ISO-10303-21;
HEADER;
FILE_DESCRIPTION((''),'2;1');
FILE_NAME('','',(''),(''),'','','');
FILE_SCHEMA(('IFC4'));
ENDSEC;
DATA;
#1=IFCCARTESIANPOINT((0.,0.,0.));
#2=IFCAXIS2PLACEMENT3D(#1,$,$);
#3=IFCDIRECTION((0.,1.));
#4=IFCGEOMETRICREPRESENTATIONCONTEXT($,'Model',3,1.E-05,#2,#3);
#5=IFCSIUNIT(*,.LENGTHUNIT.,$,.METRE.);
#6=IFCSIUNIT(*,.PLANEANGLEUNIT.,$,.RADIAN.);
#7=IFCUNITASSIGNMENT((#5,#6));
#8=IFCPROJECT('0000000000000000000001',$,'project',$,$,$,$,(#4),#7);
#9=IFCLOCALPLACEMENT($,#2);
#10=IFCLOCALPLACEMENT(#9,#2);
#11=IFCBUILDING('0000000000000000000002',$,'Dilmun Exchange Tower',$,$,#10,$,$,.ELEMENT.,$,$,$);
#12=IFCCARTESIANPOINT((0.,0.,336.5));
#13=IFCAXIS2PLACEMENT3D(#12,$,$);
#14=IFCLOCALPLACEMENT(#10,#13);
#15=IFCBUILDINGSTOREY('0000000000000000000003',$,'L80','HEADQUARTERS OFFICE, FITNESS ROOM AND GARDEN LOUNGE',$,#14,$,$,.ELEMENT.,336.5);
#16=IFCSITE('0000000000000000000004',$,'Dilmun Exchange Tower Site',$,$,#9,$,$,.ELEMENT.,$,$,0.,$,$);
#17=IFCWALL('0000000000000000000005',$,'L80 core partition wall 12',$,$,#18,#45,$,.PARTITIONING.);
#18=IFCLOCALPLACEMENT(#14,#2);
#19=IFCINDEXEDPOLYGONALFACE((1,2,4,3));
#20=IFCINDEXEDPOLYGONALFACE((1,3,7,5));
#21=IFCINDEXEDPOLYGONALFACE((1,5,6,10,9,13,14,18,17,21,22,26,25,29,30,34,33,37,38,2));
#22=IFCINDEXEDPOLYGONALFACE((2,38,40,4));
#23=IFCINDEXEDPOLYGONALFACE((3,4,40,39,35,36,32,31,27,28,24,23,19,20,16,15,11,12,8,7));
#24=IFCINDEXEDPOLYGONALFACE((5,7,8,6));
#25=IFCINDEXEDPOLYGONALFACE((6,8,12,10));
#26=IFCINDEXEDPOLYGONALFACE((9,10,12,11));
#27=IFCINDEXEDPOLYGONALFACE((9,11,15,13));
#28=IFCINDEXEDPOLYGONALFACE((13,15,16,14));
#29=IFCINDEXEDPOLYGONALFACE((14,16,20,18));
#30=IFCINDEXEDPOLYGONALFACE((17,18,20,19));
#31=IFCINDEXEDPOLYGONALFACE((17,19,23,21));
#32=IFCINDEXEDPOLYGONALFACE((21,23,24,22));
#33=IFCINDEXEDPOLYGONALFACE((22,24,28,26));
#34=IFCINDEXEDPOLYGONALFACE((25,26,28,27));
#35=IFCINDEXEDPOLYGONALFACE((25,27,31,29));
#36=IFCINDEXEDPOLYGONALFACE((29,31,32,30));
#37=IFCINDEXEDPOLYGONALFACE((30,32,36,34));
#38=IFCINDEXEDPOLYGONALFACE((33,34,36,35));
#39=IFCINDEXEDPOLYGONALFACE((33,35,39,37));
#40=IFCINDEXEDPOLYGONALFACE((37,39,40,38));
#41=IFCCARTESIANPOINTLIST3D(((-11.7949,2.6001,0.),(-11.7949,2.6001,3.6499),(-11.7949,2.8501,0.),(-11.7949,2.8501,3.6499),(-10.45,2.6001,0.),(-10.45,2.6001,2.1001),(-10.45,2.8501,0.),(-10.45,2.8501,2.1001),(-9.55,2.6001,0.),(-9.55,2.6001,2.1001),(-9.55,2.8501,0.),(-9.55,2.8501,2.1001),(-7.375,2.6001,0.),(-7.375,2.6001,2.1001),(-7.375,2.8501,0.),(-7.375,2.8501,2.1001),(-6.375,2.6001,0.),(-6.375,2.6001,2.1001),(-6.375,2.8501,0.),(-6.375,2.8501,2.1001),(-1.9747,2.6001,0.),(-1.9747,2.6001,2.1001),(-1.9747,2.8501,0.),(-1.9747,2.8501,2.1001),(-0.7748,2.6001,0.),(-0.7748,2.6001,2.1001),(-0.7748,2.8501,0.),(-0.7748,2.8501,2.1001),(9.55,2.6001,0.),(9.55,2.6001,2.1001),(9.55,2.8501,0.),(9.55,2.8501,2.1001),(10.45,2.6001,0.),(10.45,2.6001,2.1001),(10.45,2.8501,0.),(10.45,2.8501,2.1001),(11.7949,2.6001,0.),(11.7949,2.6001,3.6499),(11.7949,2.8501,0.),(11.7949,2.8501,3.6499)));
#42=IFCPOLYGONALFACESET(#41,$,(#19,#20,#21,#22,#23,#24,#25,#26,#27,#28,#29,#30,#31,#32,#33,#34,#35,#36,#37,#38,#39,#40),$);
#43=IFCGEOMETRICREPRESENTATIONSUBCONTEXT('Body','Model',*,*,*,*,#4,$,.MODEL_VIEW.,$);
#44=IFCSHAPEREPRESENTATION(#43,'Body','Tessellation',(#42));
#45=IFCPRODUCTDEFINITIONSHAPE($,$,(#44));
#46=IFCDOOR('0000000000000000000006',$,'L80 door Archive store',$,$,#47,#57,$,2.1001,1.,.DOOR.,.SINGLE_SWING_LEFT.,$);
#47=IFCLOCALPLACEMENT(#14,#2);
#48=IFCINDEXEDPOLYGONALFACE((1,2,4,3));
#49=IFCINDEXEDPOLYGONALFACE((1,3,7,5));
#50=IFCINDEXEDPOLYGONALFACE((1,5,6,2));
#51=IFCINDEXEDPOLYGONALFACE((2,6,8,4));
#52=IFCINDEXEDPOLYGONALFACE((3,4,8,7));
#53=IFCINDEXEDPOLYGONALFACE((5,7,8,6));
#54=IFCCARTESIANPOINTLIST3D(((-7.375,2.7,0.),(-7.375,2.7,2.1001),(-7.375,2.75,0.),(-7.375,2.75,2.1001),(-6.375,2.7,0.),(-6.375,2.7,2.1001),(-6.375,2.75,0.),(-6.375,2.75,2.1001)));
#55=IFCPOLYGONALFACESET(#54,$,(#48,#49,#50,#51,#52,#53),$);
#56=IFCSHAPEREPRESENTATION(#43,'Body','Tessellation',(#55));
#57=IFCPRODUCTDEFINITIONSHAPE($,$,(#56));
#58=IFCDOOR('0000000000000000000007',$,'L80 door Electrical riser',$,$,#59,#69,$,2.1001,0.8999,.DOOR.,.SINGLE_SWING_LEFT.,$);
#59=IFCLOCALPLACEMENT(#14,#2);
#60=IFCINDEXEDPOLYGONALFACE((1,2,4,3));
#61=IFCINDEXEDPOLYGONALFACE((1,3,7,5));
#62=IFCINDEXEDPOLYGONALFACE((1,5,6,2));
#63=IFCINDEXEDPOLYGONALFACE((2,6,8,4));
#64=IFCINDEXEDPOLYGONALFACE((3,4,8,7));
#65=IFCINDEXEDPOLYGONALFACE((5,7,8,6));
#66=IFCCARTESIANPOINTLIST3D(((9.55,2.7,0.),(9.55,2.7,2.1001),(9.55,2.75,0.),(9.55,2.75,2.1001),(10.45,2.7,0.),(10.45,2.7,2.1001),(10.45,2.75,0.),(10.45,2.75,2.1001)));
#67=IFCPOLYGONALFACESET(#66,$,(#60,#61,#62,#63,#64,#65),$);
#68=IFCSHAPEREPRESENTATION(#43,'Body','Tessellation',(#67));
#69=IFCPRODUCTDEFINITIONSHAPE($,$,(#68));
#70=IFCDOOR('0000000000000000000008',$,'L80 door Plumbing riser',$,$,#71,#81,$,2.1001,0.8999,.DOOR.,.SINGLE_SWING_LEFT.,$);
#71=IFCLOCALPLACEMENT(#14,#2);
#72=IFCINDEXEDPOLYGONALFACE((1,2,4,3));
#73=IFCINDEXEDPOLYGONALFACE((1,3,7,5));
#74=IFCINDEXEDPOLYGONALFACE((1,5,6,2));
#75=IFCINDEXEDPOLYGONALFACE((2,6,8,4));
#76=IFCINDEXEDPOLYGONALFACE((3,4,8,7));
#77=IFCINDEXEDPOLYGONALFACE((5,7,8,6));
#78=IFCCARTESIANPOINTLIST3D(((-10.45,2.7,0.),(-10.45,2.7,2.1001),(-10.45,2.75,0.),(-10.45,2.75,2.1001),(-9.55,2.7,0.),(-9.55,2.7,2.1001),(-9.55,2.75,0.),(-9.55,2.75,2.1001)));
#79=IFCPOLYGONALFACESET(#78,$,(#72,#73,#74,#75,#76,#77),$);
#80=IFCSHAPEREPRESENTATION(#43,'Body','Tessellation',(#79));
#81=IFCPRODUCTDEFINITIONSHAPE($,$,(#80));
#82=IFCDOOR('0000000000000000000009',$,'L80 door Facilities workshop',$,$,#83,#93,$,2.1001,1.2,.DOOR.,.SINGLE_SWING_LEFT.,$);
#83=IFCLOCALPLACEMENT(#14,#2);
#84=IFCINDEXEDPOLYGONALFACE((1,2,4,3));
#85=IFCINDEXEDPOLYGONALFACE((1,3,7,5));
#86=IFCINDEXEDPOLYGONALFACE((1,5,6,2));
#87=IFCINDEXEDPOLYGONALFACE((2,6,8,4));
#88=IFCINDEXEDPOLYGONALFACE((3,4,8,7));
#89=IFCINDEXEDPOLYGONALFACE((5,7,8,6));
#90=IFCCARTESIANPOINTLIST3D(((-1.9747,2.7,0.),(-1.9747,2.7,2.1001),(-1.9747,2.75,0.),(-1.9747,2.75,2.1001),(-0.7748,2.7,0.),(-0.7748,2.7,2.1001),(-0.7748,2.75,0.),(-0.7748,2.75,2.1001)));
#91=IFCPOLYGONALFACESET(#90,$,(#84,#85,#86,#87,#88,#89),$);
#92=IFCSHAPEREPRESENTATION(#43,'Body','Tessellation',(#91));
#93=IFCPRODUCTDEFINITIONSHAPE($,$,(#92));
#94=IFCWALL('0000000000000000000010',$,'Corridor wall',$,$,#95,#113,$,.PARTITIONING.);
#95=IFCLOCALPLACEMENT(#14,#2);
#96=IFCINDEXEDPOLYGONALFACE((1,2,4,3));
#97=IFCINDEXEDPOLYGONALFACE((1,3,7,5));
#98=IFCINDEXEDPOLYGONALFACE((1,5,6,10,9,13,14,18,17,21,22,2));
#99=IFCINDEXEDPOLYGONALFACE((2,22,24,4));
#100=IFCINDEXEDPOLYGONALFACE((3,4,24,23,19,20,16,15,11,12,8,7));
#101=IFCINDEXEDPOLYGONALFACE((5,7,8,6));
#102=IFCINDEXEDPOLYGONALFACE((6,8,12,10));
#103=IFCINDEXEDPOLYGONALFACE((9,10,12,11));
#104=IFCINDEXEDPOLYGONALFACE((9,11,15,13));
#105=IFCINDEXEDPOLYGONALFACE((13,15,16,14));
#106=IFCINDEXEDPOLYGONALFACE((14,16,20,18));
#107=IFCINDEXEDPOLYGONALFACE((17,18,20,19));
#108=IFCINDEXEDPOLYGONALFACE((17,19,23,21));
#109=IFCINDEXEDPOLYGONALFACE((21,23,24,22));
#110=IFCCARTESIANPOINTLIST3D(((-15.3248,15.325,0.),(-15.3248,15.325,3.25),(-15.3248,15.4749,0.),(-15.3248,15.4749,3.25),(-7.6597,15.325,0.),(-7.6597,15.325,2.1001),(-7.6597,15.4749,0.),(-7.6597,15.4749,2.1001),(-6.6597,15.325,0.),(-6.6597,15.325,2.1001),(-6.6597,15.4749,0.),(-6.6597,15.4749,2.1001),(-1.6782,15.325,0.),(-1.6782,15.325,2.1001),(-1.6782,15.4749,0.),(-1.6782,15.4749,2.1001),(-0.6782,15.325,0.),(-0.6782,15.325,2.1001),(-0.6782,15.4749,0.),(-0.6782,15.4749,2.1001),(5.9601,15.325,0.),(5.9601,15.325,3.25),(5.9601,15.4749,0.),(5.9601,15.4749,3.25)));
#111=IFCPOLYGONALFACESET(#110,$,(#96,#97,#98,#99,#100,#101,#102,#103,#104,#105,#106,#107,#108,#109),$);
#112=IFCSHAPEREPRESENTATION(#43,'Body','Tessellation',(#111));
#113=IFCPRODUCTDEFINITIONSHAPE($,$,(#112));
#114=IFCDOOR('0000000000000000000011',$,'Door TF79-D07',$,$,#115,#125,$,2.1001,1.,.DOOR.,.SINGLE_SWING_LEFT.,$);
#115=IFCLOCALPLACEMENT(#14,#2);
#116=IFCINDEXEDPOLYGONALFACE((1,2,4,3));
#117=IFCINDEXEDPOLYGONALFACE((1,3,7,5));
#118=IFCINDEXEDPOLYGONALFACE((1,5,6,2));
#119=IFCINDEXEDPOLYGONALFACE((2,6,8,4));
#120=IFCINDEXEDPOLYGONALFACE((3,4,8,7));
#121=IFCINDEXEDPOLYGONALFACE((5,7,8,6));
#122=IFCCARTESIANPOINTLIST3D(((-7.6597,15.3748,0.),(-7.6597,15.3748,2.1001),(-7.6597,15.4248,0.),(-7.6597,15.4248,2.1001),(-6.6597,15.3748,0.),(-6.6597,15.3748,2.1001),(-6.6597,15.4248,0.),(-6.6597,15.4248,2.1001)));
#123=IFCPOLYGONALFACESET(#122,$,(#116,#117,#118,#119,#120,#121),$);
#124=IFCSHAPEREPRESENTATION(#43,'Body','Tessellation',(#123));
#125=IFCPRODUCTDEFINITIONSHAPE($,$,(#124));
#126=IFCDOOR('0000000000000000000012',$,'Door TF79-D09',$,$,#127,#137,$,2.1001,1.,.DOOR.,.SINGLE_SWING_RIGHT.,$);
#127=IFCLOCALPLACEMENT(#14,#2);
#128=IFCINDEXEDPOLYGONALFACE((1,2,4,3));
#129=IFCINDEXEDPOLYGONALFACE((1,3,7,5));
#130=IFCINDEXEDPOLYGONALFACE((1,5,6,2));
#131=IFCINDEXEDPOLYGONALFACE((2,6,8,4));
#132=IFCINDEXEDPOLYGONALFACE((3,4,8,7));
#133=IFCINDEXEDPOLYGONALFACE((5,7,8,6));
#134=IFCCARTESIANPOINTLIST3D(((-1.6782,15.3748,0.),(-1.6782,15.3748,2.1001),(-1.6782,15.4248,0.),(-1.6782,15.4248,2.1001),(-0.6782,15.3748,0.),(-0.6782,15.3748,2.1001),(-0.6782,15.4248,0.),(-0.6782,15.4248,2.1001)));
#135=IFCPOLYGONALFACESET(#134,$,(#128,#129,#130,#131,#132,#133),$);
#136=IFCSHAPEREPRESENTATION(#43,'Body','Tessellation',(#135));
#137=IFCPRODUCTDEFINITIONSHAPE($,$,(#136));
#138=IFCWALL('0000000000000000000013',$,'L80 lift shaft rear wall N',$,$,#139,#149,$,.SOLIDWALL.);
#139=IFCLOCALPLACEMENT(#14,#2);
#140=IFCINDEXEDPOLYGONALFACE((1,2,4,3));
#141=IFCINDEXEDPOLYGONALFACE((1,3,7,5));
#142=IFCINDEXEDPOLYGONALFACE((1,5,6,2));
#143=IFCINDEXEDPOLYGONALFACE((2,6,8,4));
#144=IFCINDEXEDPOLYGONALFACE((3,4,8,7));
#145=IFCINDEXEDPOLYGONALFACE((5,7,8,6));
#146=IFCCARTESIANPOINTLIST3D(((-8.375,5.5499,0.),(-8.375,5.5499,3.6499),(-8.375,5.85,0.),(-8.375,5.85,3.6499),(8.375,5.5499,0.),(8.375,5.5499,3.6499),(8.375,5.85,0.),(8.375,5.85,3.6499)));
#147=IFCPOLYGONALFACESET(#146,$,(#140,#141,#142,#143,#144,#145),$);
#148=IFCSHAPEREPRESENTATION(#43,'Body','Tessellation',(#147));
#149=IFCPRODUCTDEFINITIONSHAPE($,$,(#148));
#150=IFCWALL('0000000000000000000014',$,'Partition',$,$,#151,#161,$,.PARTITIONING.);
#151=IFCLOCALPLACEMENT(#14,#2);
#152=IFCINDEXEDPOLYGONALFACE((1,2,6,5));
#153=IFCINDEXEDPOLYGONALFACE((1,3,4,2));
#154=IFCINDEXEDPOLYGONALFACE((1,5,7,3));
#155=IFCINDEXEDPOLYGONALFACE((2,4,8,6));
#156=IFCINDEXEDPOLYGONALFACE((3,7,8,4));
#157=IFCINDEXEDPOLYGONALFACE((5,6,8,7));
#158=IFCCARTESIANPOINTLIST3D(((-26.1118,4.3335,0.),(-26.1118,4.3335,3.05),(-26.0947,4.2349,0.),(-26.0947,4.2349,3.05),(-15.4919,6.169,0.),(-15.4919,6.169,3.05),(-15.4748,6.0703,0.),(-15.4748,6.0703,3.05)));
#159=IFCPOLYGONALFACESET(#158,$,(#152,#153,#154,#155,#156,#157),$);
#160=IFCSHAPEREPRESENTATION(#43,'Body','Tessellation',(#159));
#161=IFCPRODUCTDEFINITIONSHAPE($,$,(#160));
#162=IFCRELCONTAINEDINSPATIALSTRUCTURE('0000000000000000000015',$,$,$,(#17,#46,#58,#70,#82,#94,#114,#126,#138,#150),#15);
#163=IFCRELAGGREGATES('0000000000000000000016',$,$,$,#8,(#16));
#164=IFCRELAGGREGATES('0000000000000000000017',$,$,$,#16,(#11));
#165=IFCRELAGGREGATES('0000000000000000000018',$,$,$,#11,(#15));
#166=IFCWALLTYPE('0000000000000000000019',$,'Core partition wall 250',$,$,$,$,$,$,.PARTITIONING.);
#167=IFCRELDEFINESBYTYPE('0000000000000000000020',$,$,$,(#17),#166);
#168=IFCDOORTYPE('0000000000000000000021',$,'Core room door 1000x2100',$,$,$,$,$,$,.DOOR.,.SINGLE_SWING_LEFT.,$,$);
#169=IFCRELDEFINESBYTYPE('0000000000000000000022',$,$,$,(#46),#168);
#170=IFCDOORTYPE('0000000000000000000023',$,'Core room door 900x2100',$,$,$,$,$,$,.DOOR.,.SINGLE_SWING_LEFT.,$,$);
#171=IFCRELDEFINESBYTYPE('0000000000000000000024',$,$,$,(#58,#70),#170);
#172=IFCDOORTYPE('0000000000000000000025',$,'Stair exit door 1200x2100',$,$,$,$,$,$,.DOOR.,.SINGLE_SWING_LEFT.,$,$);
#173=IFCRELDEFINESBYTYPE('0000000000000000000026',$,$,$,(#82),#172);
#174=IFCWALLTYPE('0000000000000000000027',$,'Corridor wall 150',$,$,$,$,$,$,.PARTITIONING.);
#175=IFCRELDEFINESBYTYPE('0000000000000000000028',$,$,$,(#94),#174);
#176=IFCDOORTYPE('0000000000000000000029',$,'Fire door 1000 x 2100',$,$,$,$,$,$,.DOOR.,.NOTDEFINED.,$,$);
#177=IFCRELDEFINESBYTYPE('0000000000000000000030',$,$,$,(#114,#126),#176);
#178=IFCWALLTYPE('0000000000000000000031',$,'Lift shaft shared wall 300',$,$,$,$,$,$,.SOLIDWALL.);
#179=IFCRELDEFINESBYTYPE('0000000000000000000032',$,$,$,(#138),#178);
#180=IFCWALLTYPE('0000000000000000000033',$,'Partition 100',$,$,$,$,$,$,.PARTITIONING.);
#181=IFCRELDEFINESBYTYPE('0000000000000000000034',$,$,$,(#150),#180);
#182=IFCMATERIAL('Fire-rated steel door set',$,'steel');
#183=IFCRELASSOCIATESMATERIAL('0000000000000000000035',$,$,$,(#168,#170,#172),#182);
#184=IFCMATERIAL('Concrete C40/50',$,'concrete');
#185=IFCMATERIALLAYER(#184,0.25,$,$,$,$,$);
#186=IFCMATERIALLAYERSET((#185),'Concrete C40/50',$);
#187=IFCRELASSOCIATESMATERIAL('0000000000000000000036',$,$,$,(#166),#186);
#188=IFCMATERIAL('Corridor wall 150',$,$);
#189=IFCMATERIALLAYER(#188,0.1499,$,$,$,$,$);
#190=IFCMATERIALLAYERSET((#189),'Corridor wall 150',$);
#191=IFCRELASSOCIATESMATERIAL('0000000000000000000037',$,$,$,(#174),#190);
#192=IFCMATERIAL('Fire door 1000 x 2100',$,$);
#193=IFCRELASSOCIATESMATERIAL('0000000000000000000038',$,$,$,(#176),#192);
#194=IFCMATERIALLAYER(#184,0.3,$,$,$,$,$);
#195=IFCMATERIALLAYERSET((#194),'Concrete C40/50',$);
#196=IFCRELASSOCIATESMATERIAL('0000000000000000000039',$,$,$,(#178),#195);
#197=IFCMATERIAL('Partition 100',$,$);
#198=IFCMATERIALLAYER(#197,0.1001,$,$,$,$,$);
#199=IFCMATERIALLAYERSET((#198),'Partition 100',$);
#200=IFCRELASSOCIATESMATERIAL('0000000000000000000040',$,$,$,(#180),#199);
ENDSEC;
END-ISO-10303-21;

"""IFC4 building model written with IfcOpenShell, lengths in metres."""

from ifc_helpers import new_model, si_unit, direction, frame, frame_2d, origin, place, context, subcontext, project, spatial, rectangle, extrude, material, layer, layer_set, type_object, element, fill, save


model = new_model("IFC4")

# Units and contexts
model_context = context("Model", 3, precision=1e-05, world=origin(), true_north=direction((0.0, 1.0)))
body_context = subcontext(model_context, "Body", "Model", "MODEL_VIEW")
ifc_project = project(units=[si_unit("LENGTHUNIT", "METRE"), si_unit("PLANEANGLEUNIT", "RADIAN")], contexts=[model_context])

# Site, building, storey
site_placement = place(None, origin())
site = spatial("IfcSite", under=ifc_project, at=site_placement, Name="Dilmun Exchange Tower Site", CompositionType="ELEMENT", RefElevation=0.0)
building_placement = place(site_placement, origin())
building = spatial("IfcBuilding", under=site, at=building_placement, Name="Dilmun Exchange Tower", CompositionType="ELEMENT")
storey_placement = place(building_placement, frame((0.0, 0.0, 336.5)))
storey = spatial("IfcBuildingStorey", under=building, at=storey_placement, Name="L80", Description="HEADQUARTERS OFFICE, FITNESS ROOM AND GARDEN LOUNGE", CompositionType="ELEMENT", Elevation=336.5)

# Shared definitions
ifc_material_1 = material(Name="Concrete C40/50", Category="concrete")

# Shared definitions
ifc_material_2 = material(Name="Fire-rated steel door set", Category="steel")
door_type_1 = type_object("IfcDoorType", Name="Core room door 1000x2100", OperationType="SINGLE_SWING_LEFT", PredefinedType="DOOR", material=ifc_material_2)

# Walls, openings, doors
ifc_layer_1 = layer(ifc_material_1, 0.25)
ifc_layer_set_1 = layer_set([ifc_layer_1], Name="Concrete C40/50")
wall_type_1 = type_object("IfcWallType", Name="Core partition wall 250", PredefinedType="PARTITIONING", material=ifc_layer_set_1)
wall_1_placement = place(storey_placement, frame((-11.7949, 2.7251, 0.0), z_axis=(0.0, 0.0, 1.0), x_axis=(1.0, 0.0, 0.0)))
wall_1 = element("IfcWall", 1, at=wall_1_placement, inside=storey, type_object=wall_type_1, Name="L80 core partition wall 12", PredefinedType="PARTITIONING", context=body_context, shape_type="SweptSolid", body=[
    extrude(rectangle(XDim=23.5898, YDim=0.25, at=frame_2d((11.7949, 0.0))), origin(), (0.0, 0.0, 1.0), 3.6499),
])
opening_1_placement = place(wall_1_placement, frame((21.345, 0.0, 0.0)))
opening_1 = element("IfcOpeningElement", 2, at=opening_1_placement, cuts=wall_1, PredefinedType="OPENING", context=body_context, shape_type="SweptSolid", body=[
    extrude(rectangle(XDim=0.8999, YDim=2.1001, at=frame_2d((0.45, 1.05))), frame((0.0, 0.135, 0.0), z_axis=(0.0, -1.0, 0.0), x_axis=(1.0, 0.0, 0.0)), (0.0, 0.0, 1.0), 0.27),
])
opening_2_placement = place(wall_1_placement, frame((1.345, 0.0, 0.0)))
opening_2 = element("IfcOpeningElement", 3, at=opening_2_placement, cuts=wall_1, PredefinedType="OPENING", context=body_context, shape_type="SweptSolid", body=[
    extrude(rectangle(XDim=0.8999, YDim=2.1001, at=frame_2d((0.45, 1.05))), frame((0.0, 0.135, 0.0), z_axis=(0.0, -1.0, 0.0), x_axis=(1.0, 0.0, 0.0)), (0.0, 0.0, 1.0), 0.27),
])
opening_3_placement = place(wall_1_placement, frame((4.4199, 0.0, 0.0)))
opening_3 = element("IfcOpeningElement", 4, at=opening_3_placement, cuts=wall_1, PredefinedType="OPENING", context=body_context, shape_type="SweptSolid", body=[
    extrude(rectangle(XDim=1.0, YDim=2.1001, at=frame_2d((0.5, 1.05))), frame((0.0, 0.135, 0.0), z_axis=(0.0, -1.0, 0.0), x_axis=(1.0, 0.0, 0.0)), (0.0, 0.0, 1.0), 0.27),
])
opening_4_placement = place(wall_1_placement, frame((9.8201, 0.0, 0.0)))
opening_4 = element("IfcOpeningElement", 5, at=opening_4_placement, cuts=wall_1, PredefinedType="OPENING", context=body_context, shape_type="SweptSolid", body=[
    extrude(rectangle(XDim=1.2, YDim=2.1001, at=frame_2d((0.6001, 1.05))), frame((0.0, 0.135, 0.0), z_axis=(0.0, -1.0, 0.0), x_axis=(1.0, 0.0, 0.0)), (0.0, 0.0, 1.0), 0.27),
])
door_1_placement = place(opening_3_placement, origin())
door_1 = element("IfcDoor", 6, at=door_1_placement, inside=storey, type_object=door_type_1, Name="L80 door Archive store", OperationType="SINGLE_SWING_LEFT", OverallHeight=2.1001, OverallWidth=1.0, PredefinedType="DOOR", context=body_context, shape_type="SweptSolid", body=[
    extrude(rectangle(XDim=1.0, YDim=2.1001, at=frame_2d((0.5, 1.05))), frame((0.0, 0.0249, 0.0), z_axis=(0.0, -1.0, 0.0), x_axis=(1.0, 0.0, 0.0)), (0.0, 0.0, 1.0), 0.05),
])
fill(opening_3, door_1)
door_type_2 = type_object("IfcDoorType", Name="Core room door 900x2100", OperationType="SINGLE_SWING_LEFT", PredefinedType="DOOR", material=ifc_material_2)
door_2_placement = place(opening_1_placement, origin())
door_2 = element("IfcDoor", 7, at=door_2_placement, inside=storey, type_object=door_type_2, Name="L80 door Electrical riser", OperationType="SINGLE_SWING_LEFT", OverallHeight=2.1001, OverallWidth=0.8999, PredefinedType="DOOR", context=body_context, shape_type="SweptSolid", body=[
    extrude(rectangle(XDim=0.8999, YDim=2.1001, at=frame_2d((0.45, 1.05))), frame((0.0, 0.0249, 0.0), z_axis=(0.0, -1.0, 0.0), x_axis=(1.0, 0.0, 0.0)), (0.0, 0.0, 1.0), 0.05),
])
fill(opening_1, door_2)
door_3_placement = place(opening_2_placement, origin())
door_3 = element("IfcDoor", 8, at=door_3_placement, inside=storey, type_object=door_type_2, Name="L80 door Plumbing riser", OperationType="SINGLE_SWING_LEFT", OverallHeight=2.1001, OverallWidth=0.8999, PredefinedType="DOOR", context=body_context, shape_type="SweptSolid", body=[
    extrude(rectangle(XDim=0.8999, YDim=2.1001, at=frame_2d((0.45, 1.05))), frame((0.0, 0.0249, 0.0), z_axis=(0.0, -1.0, 0.0), x_axis=(1.0, 0.0, 0.0)), (0.0, 0.0, 1.0), 0.05),
])
fill(opening_2, door_3)
door_type_3 = type_object("IfcDoorType", Name="Stair exit door 1200x2100", OperationType="SINGLE_SWING_LEFT", PredefinedType="DOOR", material=ifc_material_2)
door_4_placement = place(opening_4_placement, origin())
door_4 = element("IfcDoor", 9, at=door_4_placement, inside=storey, type_object=door_type_3, Name="L80 door Facilities workshop", OperationType="SINGLE_SWING_LEFT", OverallHeight=2.1001, OverallWidth=1.2, PredefinedType="DOOR", context=body_context, shape_type="SweptSolid", body=[
    extrude(rectangle(XDim=1.2, YDim=2.1001, at=frame_2d((0.6001, 1.05))), frame((0.0, 0.0249, 0.0), z_axis=(0.0, -1.0, 0.0), x_axis=(1.0, 0.0, 0.0)), (0.0, 0.0, 1.0), 0.05),
])
fill(opening_4, door_4)
ifc_material_3 = material(Name="Corridor wall 150")
ifc_layer_2 = layer(ifc_material_3, 0.1499)
ifc_layer_set_2 = layer_set([ifc_layer_2], Name="Corridor wall 150")
wall_type_2 = type_object("IfcWallType", Name="Corridor wall 150", PredefinedType="PARTITIONING", material=ifc_layer_set_2)
wall_2_placement = place(storey_placement, frame((-15.325, 15.3999, 0.0), z_axis=(0.0, 0.0, 1.0), x_axis=(1.0, 0.0, 0.0)))
wall_2 = element("IfcWall", 10, at=wall_2_placement, inside=storey, type_object=wall_type_2, Name="Corridor wall", PredefinedType="PARTITIONING", context=body_context, shape_type="SweptSolid", body=[
    extrude(rectangle(XDim=21.2849, YDim=0.1499, at=frame_2d((10.6426, 0.0))), origin(), (0.0, 0.0, 1.0), 3.25),
])
opening_5_placement = place(wall_2_placement, frame((7.6653, 0.0, 0.0)))
opening_5 = element("IfcOpeningElement", 11, at=opening_5_placement, cuts=wall_2, PredefinedType="OPENING", context=body_context, shape_type="SweptSolid", body=[
    extrude(rectangle(XDim=1.0, YDim=2.1001, at=frame_2d((0.5, 1.05))), frame((0.0, 0.085, 0.0), z_axis=(0.0, -1.0, 0.0), x_axis=(1.0, 0.0, 0.0)), (0.0, 0.0, 1.0), 0.1699),
])
opening_6_placement = place(wall_2_placement, frame((13.6467, 0.0, 0.0)))
opening_6 = element("IfcOpeningElement", 12, at=opening_6_placement, cuts=wall_2, PredefinedType="OPENING", context=body_context, shape_type="SweptSolid", body=[
    extrude(rectangle(XDim=1.0, YDim=2.1001, at=frame_2d((0.5, 1.05))), frame((0.0, 0.085, 0.0), z_axis=(0.0, -1.0, 0.0), x_axis=(1.0, 0.0, 0.0)), (0.0, 0.0, 1.0), 0.1699),
])
ifc_material_4 = material(Name="Fire door 1000 x 2100")
door_type_4 = type_object("IfcDoorType", Name="Fire door 1000 x 2100", OperationType="NOTDEFINED", PredefinedType="DOOR", material=ifc_material_4)
door_5_placement = place(opening_5_placement, origin())
door_5 = element("IfcDoor", 13, at=door_5_placement, inside=storey, type_object=door_type_4, Name="Door TF79-D07", OperationType="SINGLE_SWING_LEFT", OverallHeight=2.1001, OverallWidth=1.0, PredefinedType="DOOR", context=body_context, shape_type="SweptSolid", body=[
    extrude(rectangle(XDim=1.0, YDim=2.1001, at=frame_2d((0.5, 1.05))), frame((0.0, 0.0249, 0.0), z_axis=(0.0, -1.0, 0.0), x_axis=(1.0, 0.0, 0.0)), (0.0, 0.0, 1.0), 0.05),
])
fill(opening_5, door_5)
door_6_placement = place(opening_6_placement, origin())
door_6 = element("IfcDoor", 14, at=door_6_placement, inside=storey, type_object=door_type_4, Name="Door TF79-D09", OperationType="SINGLE_SWING_RIGHT", OverallHeight=2.1001, OverallWidth=1.0, PredefinedType="DOOR", context=body_context, shape_type="SweptSolid", body=[
    extrude(rectangle(XDim=1.0, YDim=2.1001, at=frame_2d((0.5, 1.05))), frame((0.0, 0.0249, 0.0), z_axis=(0.0, -1.0, 0.0), x_axis=(1.0, 0.0, 0.0)), (0.0, 0.0, 1.0), 0.05),
])
fill(opening_6, door_6)

# Walls
ifc_layer_3 = layer(ifc_material_1, 0.3)
ifc_layer_set_3 = layer_set([ifc_layer_3], Name="Concrete C40/50")
wall_type_3 = type_object("IfcWallType", Name="Lift shaft shared wall 300", PredefinedType="SOLIDWALL", material=ifc_layer_set_3)
wall_3_placement = place(storey_placement, frame((-8.375, 5.7, 0.0), z_axis=(0.0, 0.0, 1.0), x_axis=(1.0, 0.0, 0.0)))
element("IfcWall", 15, at=wall_3_placement, inside=storey, type_object=wall_type_3, Name="L80 lift shaft rear wall N", PredefinedType="SOLIDWALL", context=body_context, shape_type="SweptSolid", body=[
    extrude(rectangle(XDim=16.75, YDim=0.3, at=frame_2d((8.375, 0.0))), origin(), (0.0, 0.0, 1.0), 3.6499),
])
ifc_material_5 = material(Name="Partition 100")
ifc_layer_4 = layer(ifc_material_5, 0.1001)
ifc_layer_set_4 = layer_set([ifc_layer_4], Name="Partition 100")
wall_type_4 = type_object("IfcWallType", Name="Partition 100", PredefinedType="PARTITIONING", material=ifc_layer_set_4)
wall_4_placement = place(storey_placement, frame((-26.1033, 4.2842, 0.0), z_axis=(0.0, 0.0, 1.0), x_axis=(0.985391, 0.170307, 0.0)))
element("IfcWall", 16, at=wall_4_placement, inside=storey, type_object=wall_type_4, Name="Partition", PredefinedType="PARTITIONING", context=body_context, shape_type="SweptSolid", body=[
    extrude(rectangle(XDim=10.7773, YDim=0.1001, at=frame_2d((5.3887, 0.0))), origin(), (0.0, 0.0, 1.0), 3.05),
])

save(model, "model.ifc")
